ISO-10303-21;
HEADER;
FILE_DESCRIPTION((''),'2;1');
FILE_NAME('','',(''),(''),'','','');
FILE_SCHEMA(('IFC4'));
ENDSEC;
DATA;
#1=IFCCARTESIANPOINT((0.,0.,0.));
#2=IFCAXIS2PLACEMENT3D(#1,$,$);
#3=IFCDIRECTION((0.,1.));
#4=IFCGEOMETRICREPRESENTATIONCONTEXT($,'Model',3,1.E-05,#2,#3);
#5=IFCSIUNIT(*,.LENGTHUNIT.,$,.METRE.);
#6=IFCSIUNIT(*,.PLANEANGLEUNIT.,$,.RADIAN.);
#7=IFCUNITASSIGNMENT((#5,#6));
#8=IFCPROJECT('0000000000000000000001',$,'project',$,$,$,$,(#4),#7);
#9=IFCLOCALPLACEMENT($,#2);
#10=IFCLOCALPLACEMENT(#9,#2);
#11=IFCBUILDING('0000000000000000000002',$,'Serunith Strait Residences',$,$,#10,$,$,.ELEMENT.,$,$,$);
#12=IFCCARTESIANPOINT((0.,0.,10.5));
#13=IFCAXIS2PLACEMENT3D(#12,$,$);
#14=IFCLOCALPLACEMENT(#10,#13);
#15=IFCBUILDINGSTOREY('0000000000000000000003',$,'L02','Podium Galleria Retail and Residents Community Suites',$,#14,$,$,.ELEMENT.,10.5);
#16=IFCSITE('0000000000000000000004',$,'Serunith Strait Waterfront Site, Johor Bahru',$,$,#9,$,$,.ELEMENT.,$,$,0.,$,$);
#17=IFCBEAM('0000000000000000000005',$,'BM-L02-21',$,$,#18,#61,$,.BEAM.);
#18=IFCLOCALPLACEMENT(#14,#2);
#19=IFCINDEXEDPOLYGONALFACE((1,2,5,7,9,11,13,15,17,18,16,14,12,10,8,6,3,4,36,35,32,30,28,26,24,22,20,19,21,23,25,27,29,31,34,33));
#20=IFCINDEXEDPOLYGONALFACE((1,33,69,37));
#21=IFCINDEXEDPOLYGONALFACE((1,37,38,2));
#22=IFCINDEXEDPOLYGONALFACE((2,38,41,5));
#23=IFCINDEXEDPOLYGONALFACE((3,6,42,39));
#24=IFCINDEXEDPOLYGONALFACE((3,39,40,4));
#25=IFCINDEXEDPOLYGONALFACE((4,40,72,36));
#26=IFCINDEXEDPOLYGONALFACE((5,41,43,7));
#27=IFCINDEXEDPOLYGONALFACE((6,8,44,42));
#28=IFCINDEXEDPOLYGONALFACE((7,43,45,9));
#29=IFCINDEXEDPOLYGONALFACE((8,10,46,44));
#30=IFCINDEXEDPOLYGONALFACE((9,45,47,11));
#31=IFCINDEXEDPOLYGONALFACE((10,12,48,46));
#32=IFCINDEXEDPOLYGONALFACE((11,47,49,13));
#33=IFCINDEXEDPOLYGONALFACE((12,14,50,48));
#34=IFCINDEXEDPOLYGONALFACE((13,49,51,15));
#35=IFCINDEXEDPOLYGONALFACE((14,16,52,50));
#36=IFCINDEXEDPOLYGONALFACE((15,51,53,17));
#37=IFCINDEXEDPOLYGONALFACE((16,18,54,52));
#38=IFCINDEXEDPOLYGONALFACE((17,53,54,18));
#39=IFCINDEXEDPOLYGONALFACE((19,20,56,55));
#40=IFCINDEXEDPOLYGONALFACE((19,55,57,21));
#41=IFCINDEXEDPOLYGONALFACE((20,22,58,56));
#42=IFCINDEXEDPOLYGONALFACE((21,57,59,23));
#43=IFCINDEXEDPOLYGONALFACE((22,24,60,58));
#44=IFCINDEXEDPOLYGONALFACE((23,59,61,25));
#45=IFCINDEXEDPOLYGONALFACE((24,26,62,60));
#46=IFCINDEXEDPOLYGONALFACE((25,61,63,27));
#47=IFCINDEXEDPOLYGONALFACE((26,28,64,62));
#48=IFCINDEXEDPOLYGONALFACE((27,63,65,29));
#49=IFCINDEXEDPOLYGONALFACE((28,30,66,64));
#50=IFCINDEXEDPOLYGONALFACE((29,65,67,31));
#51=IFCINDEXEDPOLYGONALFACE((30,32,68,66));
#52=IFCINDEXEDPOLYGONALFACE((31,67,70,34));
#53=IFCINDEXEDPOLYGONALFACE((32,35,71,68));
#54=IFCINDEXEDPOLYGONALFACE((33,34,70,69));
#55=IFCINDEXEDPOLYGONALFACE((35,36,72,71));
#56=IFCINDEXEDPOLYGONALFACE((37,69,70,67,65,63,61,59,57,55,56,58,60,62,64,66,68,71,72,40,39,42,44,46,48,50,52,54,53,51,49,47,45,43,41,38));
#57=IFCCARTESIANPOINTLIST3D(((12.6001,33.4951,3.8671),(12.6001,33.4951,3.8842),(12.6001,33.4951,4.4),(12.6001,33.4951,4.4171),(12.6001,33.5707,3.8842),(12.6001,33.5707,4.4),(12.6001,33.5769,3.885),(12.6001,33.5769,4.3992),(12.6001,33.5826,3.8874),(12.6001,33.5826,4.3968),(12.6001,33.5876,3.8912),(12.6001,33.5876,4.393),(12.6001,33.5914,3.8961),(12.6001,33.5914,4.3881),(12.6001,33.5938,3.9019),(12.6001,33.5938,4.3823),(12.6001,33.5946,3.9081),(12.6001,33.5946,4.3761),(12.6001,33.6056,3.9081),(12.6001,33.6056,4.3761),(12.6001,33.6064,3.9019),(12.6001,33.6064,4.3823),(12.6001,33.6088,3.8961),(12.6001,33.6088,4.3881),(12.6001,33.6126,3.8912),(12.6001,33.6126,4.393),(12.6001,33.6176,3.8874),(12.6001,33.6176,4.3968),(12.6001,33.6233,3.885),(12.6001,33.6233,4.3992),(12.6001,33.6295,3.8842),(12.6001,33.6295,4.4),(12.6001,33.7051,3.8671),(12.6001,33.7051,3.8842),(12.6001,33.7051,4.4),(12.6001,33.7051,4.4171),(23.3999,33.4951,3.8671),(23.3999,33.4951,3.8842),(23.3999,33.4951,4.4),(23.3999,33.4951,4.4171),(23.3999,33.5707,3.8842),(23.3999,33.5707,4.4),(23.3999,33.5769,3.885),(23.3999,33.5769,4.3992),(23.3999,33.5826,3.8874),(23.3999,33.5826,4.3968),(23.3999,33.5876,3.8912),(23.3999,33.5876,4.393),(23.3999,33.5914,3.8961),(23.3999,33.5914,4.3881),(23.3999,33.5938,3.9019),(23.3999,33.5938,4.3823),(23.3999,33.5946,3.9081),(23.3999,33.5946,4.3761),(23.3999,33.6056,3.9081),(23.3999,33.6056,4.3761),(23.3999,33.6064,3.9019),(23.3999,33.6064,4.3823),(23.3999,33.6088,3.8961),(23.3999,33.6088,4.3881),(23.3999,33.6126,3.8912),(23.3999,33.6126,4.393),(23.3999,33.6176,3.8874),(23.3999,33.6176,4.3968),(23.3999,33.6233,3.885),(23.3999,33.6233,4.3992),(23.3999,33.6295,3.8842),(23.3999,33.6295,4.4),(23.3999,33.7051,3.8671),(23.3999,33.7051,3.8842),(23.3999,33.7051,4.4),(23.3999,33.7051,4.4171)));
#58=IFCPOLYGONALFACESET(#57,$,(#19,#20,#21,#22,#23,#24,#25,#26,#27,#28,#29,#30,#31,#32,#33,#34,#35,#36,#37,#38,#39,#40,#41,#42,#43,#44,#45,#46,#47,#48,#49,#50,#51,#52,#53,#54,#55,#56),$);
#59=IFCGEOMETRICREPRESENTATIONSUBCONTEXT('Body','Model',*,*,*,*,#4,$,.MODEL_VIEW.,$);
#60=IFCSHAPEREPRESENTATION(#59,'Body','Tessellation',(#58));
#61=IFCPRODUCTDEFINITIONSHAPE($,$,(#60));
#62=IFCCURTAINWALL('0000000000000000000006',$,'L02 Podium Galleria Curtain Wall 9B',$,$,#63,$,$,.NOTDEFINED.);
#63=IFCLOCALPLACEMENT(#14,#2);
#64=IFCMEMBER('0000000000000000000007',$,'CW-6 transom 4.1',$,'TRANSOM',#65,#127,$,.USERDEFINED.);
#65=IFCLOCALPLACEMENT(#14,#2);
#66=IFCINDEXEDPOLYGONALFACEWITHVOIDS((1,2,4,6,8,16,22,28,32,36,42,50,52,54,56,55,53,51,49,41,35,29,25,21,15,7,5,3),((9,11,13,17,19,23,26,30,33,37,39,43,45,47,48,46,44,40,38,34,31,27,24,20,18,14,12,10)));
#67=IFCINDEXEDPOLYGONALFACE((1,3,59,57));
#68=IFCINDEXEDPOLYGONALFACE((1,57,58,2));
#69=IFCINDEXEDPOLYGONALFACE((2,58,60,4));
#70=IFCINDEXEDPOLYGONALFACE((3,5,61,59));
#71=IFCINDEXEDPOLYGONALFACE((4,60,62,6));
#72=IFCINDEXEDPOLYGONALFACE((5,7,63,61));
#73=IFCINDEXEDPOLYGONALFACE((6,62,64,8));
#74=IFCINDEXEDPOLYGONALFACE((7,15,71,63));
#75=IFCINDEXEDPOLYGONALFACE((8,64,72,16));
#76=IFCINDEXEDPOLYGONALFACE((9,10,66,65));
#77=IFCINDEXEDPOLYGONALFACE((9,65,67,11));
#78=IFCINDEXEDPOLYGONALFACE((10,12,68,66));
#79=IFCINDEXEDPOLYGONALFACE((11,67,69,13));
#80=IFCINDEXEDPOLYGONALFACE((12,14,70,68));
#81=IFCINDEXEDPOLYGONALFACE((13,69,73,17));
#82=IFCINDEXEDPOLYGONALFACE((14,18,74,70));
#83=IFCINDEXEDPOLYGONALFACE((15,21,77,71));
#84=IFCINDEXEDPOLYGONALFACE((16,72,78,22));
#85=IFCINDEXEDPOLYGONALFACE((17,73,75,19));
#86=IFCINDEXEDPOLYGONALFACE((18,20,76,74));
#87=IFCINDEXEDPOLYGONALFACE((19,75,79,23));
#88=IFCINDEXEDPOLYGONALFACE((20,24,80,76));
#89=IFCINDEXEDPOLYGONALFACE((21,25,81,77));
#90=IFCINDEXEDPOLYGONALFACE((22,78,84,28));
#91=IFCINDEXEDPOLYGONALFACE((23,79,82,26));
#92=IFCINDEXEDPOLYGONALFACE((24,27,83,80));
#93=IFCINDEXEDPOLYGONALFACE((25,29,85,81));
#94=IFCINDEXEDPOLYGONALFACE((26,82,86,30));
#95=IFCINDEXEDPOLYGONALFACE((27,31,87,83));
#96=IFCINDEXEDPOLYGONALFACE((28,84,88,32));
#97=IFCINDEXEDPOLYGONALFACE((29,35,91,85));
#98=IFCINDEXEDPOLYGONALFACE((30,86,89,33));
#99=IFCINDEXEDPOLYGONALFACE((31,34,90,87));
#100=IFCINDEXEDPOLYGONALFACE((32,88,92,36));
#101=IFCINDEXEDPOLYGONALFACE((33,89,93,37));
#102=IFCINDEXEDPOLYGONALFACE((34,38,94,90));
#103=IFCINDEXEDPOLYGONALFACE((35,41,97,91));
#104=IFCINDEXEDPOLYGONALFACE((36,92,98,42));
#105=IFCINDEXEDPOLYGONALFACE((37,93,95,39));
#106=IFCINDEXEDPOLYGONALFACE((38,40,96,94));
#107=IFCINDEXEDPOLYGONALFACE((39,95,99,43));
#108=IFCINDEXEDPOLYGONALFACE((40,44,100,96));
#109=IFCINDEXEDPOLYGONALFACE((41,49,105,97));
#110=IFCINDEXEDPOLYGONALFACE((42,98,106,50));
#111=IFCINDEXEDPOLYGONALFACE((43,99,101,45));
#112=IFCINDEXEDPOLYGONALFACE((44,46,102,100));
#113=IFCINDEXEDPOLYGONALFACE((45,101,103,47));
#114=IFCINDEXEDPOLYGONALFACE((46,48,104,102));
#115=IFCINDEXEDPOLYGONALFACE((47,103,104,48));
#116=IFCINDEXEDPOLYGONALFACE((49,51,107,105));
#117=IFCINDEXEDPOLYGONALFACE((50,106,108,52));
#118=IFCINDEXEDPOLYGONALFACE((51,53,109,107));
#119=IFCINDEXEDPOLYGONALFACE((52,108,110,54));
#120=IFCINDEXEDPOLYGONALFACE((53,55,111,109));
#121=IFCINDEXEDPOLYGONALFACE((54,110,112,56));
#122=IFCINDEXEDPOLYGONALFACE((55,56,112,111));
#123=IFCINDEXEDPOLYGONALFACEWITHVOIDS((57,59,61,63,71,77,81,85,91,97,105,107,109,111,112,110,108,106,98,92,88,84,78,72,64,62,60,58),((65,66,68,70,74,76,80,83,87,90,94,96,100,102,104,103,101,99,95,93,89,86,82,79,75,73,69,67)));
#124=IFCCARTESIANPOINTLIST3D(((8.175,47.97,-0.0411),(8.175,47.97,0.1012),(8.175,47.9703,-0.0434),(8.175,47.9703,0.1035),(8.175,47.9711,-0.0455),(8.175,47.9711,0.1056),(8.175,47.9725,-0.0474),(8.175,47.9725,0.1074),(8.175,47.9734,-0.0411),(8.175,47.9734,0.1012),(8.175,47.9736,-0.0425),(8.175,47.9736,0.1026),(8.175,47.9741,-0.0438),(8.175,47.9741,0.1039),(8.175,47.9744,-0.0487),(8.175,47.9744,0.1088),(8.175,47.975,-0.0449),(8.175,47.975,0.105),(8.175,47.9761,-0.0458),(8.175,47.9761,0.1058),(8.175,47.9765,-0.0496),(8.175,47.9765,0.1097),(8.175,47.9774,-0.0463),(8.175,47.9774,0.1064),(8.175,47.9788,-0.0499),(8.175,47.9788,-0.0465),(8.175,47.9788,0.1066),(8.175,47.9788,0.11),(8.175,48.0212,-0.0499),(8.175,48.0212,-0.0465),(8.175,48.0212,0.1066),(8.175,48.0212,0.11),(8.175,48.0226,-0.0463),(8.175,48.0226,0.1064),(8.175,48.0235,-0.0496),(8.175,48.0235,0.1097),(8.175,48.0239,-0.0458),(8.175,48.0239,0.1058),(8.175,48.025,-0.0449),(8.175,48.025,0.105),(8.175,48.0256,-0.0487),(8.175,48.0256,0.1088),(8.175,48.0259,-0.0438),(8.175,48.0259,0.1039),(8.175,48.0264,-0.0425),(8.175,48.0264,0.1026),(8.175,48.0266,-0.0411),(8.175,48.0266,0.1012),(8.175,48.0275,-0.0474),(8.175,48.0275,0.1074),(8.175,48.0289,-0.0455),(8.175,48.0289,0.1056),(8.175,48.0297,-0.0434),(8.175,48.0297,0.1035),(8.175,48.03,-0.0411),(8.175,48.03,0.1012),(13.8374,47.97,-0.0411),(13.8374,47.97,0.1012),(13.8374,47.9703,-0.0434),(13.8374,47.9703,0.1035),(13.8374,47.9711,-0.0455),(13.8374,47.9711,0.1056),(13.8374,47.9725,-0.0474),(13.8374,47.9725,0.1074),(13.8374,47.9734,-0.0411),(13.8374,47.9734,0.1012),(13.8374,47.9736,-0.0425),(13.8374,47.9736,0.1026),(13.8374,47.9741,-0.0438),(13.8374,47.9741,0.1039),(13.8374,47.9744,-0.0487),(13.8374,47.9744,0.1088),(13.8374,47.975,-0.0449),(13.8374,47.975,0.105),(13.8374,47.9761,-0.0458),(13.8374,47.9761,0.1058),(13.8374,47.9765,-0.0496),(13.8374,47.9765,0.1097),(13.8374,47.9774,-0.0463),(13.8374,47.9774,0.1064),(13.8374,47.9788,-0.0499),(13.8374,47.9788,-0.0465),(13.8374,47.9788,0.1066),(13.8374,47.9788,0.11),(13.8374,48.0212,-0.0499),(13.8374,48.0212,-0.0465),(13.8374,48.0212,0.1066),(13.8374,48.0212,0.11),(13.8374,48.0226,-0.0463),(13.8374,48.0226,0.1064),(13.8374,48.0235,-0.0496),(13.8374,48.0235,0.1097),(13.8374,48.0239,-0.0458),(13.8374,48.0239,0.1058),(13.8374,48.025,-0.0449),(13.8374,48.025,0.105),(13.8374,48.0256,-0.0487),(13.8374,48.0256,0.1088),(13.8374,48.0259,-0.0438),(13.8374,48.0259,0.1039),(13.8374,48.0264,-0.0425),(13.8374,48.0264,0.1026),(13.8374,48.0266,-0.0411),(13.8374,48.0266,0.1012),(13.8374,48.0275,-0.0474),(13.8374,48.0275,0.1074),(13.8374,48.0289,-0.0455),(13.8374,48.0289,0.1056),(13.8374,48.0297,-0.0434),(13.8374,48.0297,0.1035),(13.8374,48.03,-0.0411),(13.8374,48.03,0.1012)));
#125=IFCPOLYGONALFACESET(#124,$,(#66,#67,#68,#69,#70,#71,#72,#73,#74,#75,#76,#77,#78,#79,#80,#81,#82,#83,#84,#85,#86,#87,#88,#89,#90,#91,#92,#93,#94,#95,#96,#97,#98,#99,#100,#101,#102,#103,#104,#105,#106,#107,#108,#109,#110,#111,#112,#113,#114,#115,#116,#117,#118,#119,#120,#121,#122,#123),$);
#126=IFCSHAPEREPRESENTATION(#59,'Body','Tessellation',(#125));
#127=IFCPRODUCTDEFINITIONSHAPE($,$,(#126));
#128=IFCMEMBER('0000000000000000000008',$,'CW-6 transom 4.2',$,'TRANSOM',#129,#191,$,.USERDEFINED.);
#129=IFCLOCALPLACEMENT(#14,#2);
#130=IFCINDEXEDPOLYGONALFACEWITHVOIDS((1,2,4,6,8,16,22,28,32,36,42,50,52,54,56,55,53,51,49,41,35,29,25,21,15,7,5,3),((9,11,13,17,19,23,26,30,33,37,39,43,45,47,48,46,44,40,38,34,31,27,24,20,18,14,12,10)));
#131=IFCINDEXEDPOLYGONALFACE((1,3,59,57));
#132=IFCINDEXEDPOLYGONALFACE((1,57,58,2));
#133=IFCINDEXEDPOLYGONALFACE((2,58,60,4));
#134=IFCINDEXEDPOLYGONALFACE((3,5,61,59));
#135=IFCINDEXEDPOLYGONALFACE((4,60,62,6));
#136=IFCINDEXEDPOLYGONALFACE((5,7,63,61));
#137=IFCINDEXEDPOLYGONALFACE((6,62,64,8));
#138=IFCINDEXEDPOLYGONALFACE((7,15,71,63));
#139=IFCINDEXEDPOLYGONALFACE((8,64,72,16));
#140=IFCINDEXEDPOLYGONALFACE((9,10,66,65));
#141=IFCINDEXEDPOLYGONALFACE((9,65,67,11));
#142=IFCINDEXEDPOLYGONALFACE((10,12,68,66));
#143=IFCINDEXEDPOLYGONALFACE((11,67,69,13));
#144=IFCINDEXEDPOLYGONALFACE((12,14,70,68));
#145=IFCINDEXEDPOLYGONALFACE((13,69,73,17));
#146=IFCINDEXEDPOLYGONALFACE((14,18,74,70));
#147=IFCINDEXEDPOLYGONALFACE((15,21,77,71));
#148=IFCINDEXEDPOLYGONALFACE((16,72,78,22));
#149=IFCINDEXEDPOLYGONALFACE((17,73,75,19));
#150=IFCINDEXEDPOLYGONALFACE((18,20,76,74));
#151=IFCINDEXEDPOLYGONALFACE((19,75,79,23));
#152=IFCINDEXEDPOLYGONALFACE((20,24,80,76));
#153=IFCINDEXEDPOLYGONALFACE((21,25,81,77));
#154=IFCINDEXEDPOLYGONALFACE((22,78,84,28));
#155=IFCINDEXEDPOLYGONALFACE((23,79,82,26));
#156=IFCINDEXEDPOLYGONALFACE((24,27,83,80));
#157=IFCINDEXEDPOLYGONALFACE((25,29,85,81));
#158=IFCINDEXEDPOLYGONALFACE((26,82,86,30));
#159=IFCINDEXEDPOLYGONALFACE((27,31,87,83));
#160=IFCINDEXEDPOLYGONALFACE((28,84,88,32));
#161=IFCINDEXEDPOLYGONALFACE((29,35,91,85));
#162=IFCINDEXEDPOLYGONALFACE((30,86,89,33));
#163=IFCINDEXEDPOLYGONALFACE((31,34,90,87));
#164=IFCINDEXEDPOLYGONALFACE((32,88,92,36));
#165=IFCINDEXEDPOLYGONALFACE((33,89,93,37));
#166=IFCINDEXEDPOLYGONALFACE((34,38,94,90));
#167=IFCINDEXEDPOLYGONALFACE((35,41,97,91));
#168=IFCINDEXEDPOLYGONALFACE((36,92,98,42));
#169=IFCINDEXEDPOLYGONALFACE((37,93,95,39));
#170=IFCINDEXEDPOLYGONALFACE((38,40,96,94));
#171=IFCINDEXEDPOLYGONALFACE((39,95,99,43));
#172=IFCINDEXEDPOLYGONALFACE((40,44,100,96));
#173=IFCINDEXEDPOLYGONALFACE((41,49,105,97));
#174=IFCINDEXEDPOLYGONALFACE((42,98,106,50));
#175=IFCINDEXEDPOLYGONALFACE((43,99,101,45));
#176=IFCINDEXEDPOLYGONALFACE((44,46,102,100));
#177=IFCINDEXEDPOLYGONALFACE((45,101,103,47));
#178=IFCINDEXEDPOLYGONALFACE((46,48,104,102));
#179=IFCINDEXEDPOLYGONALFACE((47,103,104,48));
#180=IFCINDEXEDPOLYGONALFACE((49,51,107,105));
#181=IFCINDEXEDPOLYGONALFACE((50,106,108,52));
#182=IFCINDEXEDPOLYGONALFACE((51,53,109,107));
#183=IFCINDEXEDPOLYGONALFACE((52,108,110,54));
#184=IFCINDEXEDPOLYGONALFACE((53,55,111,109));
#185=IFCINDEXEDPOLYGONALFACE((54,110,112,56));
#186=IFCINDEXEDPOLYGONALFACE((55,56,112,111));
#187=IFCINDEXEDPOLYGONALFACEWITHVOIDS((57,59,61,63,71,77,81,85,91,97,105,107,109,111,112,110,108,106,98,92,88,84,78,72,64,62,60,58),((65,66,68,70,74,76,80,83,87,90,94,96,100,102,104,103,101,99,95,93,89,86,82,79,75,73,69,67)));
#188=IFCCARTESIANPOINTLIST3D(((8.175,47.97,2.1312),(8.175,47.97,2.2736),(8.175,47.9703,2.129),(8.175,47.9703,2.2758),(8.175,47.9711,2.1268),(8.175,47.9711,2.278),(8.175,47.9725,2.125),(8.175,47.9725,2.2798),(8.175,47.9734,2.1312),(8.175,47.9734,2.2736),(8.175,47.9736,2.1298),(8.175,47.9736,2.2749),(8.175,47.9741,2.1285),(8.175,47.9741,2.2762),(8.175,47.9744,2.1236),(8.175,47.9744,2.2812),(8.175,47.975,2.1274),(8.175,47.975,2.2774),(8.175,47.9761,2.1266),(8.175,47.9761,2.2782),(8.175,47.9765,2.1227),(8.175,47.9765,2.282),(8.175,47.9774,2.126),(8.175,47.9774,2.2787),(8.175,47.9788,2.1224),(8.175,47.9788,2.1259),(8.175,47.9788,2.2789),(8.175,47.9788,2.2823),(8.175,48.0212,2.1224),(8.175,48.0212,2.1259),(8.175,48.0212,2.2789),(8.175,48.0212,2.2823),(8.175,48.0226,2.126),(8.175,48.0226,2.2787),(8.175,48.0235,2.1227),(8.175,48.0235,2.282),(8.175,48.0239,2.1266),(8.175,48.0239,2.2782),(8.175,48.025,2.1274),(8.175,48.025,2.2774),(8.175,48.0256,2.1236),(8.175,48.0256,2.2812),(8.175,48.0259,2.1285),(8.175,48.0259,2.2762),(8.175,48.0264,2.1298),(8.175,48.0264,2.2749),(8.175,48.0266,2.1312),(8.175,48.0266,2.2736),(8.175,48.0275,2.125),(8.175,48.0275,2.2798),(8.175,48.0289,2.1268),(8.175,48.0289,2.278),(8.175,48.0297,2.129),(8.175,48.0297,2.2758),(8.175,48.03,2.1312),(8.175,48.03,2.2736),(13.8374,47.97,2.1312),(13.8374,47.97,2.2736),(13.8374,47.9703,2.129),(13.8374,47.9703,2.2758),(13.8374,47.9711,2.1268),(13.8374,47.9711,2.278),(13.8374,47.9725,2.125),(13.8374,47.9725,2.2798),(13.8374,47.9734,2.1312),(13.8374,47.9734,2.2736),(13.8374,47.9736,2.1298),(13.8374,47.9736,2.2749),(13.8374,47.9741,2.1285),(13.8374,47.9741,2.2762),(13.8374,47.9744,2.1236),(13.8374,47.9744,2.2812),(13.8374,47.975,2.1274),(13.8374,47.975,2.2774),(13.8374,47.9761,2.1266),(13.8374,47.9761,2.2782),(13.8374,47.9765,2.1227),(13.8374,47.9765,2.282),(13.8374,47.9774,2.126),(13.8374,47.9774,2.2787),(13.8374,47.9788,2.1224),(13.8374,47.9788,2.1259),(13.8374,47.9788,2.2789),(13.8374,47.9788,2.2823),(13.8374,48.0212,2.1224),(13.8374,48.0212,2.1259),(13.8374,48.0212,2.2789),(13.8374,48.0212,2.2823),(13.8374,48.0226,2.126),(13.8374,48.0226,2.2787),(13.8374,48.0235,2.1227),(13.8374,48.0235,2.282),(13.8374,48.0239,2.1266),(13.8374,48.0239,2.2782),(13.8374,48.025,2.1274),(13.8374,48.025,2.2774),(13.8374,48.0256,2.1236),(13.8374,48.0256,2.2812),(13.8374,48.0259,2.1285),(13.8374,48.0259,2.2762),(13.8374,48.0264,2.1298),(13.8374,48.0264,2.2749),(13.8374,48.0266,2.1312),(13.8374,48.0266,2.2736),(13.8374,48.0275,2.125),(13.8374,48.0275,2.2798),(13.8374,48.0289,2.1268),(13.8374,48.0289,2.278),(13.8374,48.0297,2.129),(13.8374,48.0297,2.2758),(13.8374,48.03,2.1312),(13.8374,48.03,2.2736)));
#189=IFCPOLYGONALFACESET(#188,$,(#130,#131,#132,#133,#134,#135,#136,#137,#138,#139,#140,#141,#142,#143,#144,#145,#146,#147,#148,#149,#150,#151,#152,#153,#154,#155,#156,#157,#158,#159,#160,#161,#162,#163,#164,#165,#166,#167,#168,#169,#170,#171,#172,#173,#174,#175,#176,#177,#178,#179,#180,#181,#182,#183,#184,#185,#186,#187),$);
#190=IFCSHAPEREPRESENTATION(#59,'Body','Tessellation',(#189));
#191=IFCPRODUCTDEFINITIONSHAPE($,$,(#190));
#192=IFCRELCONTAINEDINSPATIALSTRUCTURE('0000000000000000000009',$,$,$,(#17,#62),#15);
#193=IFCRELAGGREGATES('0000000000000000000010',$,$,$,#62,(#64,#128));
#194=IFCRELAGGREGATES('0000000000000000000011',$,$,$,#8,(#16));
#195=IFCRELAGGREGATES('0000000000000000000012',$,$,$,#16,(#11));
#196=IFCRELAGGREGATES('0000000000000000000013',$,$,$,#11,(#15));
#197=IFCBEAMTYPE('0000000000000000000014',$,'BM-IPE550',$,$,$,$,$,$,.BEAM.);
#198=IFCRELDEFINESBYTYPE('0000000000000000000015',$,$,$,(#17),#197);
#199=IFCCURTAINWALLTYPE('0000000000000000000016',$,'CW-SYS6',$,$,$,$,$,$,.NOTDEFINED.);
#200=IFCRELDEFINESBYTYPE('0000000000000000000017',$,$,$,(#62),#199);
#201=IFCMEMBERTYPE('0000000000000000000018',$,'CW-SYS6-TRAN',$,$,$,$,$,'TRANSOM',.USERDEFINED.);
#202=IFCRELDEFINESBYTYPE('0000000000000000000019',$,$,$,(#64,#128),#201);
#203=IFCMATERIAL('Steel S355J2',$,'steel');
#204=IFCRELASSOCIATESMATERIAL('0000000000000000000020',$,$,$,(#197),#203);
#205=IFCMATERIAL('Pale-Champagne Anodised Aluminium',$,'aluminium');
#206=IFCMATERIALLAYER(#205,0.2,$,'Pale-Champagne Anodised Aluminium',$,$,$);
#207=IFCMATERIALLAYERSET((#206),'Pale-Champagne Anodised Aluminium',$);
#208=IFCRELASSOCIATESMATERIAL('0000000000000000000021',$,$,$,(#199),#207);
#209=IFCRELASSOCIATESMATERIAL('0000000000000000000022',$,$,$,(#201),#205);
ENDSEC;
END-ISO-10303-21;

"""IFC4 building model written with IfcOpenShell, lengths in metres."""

from ifc_helpers import new_model, si_unit, direction, frame, origin, origin_2d, place, context, subcontext, project, spatial, hollow_rectangle, i_section, extrude, source, transform, mapped, material, layer, layer_set, material_profile, profile_set, type_object, element, aggregate, save


model = new_model("IFC4")

# Units and contexts
model_context = context("Model", 3, precision=1e-05, world=origin(), true_north=direction((0.0, 1.0)))
body_context = subcontext(model_context, "Body", "Model", "MODEL_VIEW")
ifc_project = project(units=[si_unit("LENGTHUNIT", "METRE"), si_unit("PLANEANGLEUNIT", "RADIAN")], contexts=[model_context])

# Site, building, storey
site_placement = place(None, origin())
site = spatial("IfcSite", under=ifc_project, at=site_placement, Name="Serunith Strait Waterfront Site, Johor Bahru", CompositionType="ELEMENT", RefElevation=0.0)
building_placement = place(site_placement, origin())
building = spatial("IfcBuilding", under=site, at=building_placement, Name="Serunith Strait Residences", CompositionType="ELEMENT")
storey_placement = place(building_placement, frame((0.0, 0.0, 10.5)))
storey = spatial("IfcBuildingStorey", under=building, at=storey_placement, Name="L02", Description="Podium Galleria Retail and Residents Community Suites", CompositionType="ELEMENT", Elevation=10.5)

# Beam
ifc_material_1 = material(Name="Steel S355J2", Category="steel")
ifc_material_profile_1 = material_profile(ifc_material_1, i_section(OverallWidth=0.21, OverallDepth=0.55, WebThickness=0.011, FlangeThickness=0.0171, FilletRadius=0.0239, at=origin_2d()), Name="IPE 550")
ifc_profile_set_1 = profile_set([ifc_material_profile_1], Name="Steel S355J2")
beam_type_1 = type_object("IfcBeamType", Name="BM-IPE550", PredefinedType="BEAM", material=ifc_profile_set_1)
shared_shape_1 = source(origin(), body_context, "Body", "SweptSolid", [
    extrude(i_section(OverallWidth=0.21, OverallDepth=0.55, WebThickness=0.011, FlangeThickness=0.0171, FilletRadius=0.0239, at=origin_2d()), origin(), (0.0, 0.0, 1.0), 10.7998),
])
beam_1_placement = place(storey_placement, frame((12.6001, 33.6001, 4.1421), z_axis=(1.0, 0.0, 0.0), x_axis=(0.0, 1.0, 0.0)))
element("IfcBeam", 1, at=beam_1_placement, inside=storey, type_object=beam_type_1, Name="BM-L02-21", PredefinedType="BEAM", context=body_context, shape_type="MappedRepresentation", body=[
    mapped(shared_shape_1, transform((0.0, 0.0, 0.0), scale=1.0)),
])

# Curtain wall, members
ifc_material_2 = material(Name="Pale-Champagne Anodised Aluminium", Category="aluminium")
ifc_layer_1 = layer(ifc_material_2, 0.2, Name="Pale-Champagne Anodised Aluminium")
ifc_layer_set_1 = layer_set([ifc_layer_1], Name="Pale-Champagne Anodised Aluminium")
curtain_wall_type = type_object("IfcCurtainWallType", Name="CW-SYS6", PredefinedType="NOTDEFINED", material=ifc_layer_set_1)
curtain_wall_placement = place(storey_placement, origin())
curtain_wall = element("IfcCurtainWall", 2, at=curtain_wall_placement, inside=storey, type_object=curtain_wall_type, Name="L02 Podium Galleria Curtain Wall 9B", PredefinedType="NOTDEFINED")
ifc_material_profile_2 = material_profile(ifc_material_2, hollow_rectangle(XDim=0.0601, YDim=0.1599, WallThickness=0.0034, InnerFilletRadius=0.0054, OuterFilletRadius=0.0088, at=origin_2d()), Name="ALU 160x60x3.5")
ifc_profile_set_2 = profile_set([ifc_material_profile_2], Name="Pale-Champagne Anodised Aluminium")
member_type_1 = type_object("IfcMemberType", Name="CW-SYS6-TRAN", ElementType="TRANSOM", PredefinedType="USERDEFINED", material=ifc_profile_set_2)
shared_shape_2 = source(origin(), body_context, "Body", "SweptSolid", [
    extrude(hollow_rectangle(XDim=0.0601, YDim=0.1599, WallThickness=0.0034, InnerFilletRadius=0.0054, OuterFilletRadius=0.0088, at=origin_2d()), origin(), (0.0, 0.0, 1.0), 5.6624),
])
member_1_placement = place(storey_placement, frame((13.8374, 48.0, 0.03), z_axis=(-1.0, 0.0, 0.0), x_axis=(0.0, -1.0, 0.0)))
member_1 = element("IfcMember", 3, at=member_1_placement, type_object=member_type_1, Name="CW-6 transom 4.1", ObjectType="TRANSOM", PredefinedType="USERDEFINED", context=body_context, shape_type="MappedRepresentation", body=[
    mapped(shared_shape_2, transform((0.0, 0.0, 0.0), scale=1.0)),
])
member_2_placement = place(storey_placement, frame((13.8374, 48.0, 2.2024), z_axis=(-1.0, 0.0, 0.0), x_axis=(0.0, -1.0, 0.0)))
member_2 = element("IfcMember", 4, at=member_2_placement, type_object=member_type_1, Name="CW-6 transom 4.2", ObjectType="TRANSOM", PredefinedType="USERDEFINED", context=body_context, shape_type="MappedRepresentation", body=[
    mapped(shared_shape_2, transform((0.0, 0.0, 0.0), scale=1.0)),
])
aggregate(curtain_wall, [member_1, member_2])

save(model, "model.ifc")
